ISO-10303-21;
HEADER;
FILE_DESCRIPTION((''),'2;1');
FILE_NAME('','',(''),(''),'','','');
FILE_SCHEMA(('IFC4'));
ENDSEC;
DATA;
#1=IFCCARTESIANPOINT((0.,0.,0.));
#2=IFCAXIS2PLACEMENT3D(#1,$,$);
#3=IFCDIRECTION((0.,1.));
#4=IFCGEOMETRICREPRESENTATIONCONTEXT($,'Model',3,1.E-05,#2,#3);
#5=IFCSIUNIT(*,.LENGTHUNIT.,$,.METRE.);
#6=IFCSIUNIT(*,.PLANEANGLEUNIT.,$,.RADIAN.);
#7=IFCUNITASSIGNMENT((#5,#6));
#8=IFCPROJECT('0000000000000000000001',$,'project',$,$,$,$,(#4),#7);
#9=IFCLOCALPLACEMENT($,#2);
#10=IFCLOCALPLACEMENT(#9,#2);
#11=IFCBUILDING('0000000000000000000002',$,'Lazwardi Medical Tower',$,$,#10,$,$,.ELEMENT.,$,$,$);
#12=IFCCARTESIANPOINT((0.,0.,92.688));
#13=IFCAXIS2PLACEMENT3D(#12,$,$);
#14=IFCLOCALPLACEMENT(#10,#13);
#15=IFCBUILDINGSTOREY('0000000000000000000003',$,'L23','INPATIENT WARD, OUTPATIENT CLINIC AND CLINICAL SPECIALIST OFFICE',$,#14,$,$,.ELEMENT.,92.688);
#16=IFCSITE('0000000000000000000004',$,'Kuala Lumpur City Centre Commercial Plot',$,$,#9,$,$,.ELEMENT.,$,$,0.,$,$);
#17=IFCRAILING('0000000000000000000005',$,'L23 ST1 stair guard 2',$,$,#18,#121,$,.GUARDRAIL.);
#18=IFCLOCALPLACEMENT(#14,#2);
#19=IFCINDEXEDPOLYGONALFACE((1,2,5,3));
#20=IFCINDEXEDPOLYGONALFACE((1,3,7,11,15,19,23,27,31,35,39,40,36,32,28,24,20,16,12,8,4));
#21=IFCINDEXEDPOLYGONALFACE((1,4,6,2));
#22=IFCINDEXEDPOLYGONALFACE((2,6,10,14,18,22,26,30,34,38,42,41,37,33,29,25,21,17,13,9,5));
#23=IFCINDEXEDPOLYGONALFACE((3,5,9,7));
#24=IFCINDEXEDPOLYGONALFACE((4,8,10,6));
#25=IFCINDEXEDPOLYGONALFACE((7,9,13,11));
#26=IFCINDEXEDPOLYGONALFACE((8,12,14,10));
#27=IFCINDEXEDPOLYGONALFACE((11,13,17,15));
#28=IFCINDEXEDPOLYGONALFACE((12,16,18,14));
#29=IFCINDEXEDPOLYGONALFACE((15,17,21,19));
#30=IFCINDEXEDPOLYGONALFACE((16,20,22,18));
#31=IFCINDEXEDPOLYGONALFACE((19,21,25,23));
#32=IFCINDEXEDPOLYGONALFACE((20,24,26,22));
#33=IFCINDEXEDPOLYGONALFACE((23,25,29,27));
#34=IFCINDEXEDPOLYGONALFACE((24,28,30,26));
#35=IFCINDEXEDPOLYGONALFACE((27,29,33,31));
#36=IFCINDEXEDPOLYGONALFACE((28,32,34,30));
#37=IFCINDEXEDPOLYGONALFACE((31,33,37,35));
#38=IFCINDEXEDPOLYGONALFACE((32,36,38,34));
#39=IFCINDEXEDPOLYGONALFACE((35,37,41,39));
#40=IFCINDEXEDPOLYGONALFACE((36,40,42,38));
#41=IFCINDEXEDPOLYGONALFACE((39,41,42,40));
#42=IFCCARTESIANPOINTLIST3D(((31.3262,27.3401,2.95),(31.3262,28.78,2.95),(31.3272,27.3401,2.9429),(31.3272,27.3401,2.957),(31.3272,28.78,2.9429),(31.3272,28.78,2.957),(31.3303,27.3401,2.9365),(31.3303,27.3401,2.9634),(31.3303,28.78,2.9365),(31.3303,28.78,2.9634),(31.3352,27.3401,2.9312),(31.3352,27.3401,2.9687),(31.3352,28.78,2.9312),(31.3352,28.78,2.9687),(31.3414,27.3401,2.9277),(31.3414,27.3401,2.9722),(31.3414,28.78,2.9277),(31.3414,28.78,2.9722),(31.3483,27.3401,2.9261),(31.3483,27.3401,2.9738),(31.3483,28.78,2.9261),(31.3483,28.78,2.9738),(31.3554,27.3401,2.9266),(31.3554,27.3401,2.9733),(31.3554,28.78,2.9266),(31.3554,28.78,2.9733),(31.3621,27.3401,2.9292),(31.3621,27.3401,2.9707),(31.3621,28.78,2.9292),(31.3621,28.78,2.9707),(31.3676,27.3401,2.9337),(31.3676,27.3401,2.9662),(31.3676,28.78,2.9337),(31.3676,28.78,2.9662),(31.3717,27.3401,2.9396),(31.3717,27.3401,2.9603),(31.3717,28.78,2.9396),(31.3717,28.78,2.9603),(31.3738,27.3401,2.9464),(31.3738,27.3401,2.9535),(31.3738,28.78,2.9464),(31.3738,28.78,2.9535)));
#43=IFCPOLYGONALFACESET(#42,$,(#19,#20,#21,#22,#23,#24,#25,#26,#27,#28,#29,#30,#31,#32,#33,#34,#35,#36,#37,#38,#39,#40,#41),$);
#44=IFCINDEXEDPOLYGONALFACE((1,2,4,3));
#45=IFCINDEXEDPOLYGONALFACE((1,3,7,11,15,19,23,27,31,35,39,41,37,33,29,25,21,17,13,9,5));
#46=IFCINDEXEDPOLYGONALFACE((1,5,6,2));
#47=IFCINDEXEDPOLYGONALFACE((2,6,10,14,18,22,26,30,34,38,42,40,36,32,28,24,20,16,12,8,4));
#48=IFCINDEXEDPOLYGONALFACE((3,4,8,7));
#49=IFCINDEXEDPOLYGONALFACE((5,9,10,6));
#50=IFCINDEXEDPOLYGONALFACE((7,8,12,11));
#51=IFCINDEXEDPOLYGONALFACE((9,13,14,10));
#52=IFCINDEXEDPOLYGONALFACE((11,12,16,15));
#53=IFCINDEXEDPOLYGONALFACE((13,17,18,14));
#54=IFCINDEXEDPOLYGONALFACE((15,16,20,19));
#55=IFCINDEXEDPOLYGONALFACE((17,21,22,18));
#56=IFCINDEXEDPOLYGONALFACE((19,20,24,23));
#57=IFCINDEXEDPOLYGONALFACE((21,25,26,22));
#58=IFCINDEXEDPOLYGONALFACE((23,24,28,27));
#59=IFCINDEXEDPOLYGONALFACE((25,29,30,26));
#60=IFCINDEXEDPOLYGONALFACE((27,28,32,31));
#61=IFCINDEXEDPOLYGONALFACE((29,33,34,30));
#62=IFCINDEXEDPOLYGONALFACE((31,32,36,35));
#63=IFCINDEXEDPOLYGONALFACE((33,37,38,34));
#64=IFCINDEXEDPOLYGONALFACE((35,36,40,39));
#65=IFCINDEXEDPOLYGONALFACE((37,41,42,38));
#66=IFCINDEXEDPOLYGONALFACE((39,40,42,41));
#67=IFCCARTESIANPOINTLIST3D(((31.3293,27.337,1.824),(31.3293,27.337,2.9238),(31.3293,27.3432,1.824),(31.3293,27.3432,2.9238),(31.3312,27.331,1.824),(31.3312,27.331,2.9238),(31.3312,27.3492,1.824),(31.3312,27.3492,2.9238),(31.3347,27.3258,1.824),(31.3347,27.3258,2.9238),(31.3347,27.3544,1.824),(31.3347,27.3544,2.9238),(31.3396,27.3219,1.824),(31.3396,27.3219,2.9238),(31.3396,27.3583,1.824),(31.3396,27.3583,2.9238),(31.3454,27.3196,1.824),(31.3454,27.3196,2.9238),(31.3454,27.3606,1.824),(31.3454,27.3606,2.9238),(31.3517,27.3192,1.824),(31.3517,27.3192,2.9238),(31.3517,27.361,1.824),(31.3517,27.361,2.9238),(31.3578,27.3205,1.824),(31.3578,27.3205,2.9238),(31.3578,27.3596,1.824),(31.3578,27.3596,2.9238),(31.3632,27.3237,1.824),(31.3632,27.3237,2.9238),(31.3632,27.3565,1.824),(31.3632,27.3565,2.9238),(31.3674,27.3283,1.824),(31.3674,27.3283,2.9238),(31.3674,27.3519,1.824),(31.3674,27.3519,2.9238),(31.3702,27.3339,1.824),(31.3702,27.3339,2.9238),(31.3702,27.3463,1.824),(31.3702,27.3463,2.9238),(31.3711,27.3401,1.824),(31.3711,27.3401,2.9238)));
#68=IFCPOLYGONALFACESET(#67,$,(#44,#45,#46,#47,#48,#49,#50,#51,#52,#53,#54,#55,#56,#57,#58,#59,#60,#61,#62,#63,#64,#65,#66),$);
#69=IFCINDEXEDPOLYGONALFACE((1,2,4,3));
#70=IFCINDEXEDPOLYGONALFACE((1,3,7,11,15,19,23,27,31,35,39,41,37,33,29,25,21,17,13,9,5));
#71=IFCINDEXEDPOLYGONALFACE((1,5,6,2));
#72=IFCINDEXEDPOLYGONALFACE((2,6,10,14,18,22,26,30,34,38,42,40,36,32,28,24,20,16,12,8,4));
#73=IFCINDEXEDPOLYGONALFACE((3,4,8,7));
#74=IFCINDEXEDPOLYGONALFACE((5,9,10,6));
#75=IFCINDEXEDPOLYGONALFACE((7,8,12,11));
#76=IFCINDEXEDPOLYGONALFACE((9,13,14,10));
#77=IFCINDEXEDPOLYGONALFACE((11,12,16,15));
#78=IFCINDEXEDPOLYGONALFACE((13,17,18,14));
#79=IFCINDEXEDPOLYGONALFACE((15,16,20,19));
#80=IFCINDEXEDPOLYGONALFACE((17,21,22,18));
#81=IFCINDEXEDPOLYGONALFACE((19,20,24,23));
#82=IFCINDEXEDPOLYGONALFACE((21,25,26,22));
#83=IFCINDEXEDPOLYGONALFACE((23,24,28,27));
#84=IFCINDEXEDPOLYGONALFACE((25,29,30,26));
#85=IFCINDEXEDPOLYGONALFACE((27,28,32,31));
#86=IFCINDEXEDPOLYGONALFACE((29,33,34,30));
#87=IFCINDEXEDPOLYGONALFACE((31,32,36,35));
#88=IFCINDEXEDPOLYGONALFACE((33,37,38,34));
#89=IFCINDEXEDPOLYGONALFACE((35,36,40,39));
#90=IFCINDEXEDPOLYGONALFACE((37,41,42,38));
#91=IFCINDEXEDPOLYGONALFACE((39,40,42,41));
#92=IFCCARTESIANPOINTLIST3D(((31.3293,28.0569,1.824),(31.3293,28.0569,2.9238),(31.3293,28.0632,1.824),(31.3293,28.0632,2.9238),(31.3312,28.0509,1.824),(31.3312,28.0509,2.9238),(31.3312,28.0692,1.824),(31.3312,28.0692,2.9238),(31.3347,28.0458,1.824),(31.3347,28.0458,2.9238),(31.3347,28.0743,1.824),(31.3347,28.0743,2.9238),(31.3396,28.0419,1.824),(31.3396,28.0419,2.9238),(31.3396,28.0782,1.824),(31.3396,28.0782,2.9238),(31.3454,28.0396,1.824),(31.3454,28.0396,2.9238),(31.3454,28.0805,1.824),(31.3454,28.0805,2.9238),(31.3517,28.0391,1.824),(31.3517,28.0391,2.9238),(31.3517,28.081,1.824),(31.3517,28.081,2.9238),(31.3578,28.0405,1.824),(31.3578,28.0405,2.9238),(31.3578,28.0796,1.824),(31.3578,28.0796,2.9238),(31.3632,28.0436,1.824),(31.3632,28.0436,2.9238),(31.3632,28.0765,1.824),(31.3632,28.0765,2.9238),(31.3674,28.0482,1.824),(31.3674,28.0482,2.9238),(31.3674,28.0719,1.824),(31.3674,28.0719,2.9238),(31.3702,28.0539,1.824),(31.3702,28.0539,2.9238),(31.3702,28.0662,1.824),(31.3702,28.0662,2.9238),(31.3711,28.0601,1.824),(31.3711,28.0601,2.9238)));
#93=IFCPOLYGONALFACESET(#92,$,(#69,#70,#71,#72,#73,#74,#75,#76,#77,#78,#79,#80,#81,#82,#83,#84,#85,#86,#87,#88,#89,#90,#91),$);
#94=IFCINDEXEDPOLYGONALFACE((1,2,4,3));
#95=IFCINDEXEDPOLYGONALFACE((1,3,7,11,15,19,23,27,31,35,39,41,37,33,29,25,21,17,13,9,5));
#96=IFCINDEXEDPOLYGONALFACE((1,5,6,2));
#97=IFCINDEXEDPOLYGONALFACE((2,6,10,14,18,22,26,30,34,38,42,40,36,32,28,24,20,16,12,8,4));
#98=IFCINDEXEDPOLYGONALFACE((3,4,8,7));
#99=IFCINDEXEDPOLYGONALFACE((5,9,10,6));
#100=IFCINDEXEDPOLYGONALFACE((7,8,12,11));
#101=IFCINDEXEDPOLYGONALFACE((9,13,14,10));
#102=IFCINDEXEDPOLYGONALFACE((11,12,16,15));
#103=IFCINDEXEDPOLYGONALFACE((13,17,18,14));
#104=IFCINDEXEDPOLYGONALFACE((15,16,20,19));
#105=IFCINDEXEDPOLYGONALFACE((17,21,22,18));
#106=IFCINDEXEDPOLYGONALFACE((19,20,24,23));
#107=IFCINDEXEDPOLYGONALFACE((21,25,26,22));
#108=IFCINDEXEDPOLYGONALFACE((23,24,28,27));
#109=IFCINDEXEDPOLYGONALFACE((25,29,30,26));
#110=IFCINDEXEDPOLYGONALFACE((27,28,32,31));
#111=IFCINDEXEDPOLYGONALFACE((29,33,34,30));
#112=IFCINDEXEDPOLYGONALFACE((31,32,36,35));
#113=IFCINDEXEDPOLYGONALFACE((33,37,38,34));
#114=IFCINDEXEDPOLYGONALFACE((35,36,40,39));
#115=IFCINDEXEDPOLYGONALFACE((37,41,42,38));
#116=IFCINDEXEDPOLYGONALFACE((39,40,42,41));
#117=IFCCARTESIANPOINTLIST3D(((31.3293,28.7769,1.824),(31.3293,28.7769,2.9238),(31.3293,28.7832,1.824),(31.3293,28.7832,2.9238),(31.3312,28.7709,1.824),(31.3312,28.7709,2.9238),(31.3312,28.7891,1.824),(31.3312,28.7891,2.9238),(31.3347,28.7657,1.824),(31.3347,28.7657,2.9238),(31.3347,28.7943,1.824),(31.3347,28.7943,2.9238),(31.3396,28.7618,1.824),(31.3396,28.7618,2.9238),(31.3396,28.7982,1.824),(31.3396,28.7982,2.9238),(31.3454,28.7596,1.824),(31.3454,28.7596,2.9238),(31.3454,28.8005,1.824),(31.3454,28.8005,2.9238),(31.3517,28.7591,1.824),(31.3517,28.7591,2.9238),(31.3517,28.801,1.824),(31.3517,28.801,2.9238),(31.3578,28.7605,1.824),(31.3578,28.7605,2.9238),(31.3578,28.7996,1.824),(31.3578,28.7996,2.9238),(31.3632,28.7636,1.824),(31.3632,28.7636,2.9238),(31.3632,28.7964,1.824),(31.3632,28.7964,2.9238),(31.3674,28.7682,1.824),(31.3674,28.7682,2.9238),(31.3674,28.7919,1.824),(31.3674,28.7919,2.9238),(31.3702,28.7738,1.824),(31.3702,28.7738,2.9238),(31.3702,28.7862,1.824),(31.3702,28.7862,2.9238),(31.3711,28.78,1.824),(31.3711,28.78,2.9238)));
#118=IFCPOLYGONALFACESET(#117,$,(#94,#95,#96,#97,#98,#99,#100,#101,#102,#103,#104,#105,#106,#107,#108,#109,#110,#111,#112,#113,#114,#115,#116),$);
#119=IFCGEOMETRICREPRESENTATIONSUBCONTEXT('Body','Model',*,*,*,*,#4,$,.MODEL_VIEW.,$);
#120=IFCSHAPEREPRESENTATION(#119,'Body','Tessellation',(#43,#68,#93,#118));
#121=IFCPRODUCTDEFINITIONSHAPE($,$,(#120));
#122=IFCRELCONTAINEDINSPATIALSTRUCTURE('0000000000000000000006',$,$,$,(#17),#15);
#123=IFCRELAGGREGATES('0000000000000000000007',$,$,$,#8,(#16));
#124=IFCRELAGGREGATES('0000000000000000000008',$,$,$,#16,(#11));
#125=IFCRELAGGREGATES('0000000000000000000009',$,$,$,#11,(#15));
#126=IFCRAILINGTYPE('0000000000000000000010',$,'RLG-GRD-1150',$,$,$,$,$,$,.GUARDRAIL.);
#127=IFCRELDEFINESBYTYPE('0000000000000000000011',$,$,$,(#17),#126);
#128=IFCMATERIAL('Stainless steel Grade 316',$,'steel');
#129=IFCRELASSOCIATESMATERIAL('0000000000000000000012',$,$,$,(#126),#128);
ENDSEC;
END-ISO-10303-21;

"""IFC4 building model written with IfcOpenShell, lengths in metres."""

from ifc_helpers import new_model, si_unit, direction, frame, origin, origin_2d, place, context, subcontext, project, spatial, circle, extrude, material, type_object, element, save


model = new_model("IFC4")

# Units and contexts
model_context = context("Model", 3, precision=1e-05, world=origin(), true_north=direction((0.0, 1.0)))
body_context = subcontext(model_context, "Body", "Model", "MODEL_VIEW")
ifc_project = project(units=[si_unit("LENGTHUNIT", "METRE"), si_unit("PLANEANGLEUNIT", "RADIAN")], contexts=[model_context])

# Site, building, storey
site_placement = place(None, origin())
site = spatial("IfcSite", under=ifc_project, at=site_placement, Name="Kuala Lumpur City Centre Commercial Plot", CompositionType="ELEMENT", RefElevation=0.0)
building_placement = place(site_placement, origin())
building = spatial("IfcBuilding", under=site, at=building_placement, Name="Lazwardi Medical Tower", CompositionType="ELEMENT")
storey_placement = place(building_placement, frame((0.0, 0.0, 92.688)))
storey = spatial("IfcBuildingStorey", under=building, at=storey_placement, Name="L23", Description="INPATIENT WARD, OUTPATIENT CLINIC AND CLINICAL SPECIALIST OFFICE", CompositionType="ELEMENT", Elevation=92.688)

# Railing
ifc_material_1 = material(Name="Stainless steel Grade 316", Category="steel")
railing_type_1 = type_object("IfcRailingType", Name="RLG-GRD-1150", PredefinedType="GUARDRAIL", material=ifc_material_1)
railing_1_placement = place(storey_placement, frame((31.3501, 27.3401, 1.824)))
element("IfcRailing", 1, at=railing_1_placement, inside=storey, type_object=railing_type_1, Name="L23 ST1 stair guard 2", PredefinedType="GUARDRAIL", context=body_context, shape_type="SweptSolid", body=[
    extrude(circle(Radius=0.0239, at=origin_2d()), frame((0.0, 0.0, 1.126), z_axis=(0.0, 1.0, 0.0), x_axis=(-1.0, 0.0, 0.0)), (0.0, 0.0, 1.0), 1.4399),
    extrude(circle(Radius=0.021, at=origin_2d()), origin(), (0.0, 0.0, 1.0), 1.0999),
    extrude(circle(Radius=0.021, at=origin_2d()), frame((0.0, 0.72, 0.0)), (0.0, 0.0, 1.0), 1.0999),
    extrude(circle(Radius=0.021, at=origin_2d()), frame((0.0, 1.4399, 0.0)), (0.0, 0.0, 1.0), 1.0999),
])

save(model, "model.ifc")
